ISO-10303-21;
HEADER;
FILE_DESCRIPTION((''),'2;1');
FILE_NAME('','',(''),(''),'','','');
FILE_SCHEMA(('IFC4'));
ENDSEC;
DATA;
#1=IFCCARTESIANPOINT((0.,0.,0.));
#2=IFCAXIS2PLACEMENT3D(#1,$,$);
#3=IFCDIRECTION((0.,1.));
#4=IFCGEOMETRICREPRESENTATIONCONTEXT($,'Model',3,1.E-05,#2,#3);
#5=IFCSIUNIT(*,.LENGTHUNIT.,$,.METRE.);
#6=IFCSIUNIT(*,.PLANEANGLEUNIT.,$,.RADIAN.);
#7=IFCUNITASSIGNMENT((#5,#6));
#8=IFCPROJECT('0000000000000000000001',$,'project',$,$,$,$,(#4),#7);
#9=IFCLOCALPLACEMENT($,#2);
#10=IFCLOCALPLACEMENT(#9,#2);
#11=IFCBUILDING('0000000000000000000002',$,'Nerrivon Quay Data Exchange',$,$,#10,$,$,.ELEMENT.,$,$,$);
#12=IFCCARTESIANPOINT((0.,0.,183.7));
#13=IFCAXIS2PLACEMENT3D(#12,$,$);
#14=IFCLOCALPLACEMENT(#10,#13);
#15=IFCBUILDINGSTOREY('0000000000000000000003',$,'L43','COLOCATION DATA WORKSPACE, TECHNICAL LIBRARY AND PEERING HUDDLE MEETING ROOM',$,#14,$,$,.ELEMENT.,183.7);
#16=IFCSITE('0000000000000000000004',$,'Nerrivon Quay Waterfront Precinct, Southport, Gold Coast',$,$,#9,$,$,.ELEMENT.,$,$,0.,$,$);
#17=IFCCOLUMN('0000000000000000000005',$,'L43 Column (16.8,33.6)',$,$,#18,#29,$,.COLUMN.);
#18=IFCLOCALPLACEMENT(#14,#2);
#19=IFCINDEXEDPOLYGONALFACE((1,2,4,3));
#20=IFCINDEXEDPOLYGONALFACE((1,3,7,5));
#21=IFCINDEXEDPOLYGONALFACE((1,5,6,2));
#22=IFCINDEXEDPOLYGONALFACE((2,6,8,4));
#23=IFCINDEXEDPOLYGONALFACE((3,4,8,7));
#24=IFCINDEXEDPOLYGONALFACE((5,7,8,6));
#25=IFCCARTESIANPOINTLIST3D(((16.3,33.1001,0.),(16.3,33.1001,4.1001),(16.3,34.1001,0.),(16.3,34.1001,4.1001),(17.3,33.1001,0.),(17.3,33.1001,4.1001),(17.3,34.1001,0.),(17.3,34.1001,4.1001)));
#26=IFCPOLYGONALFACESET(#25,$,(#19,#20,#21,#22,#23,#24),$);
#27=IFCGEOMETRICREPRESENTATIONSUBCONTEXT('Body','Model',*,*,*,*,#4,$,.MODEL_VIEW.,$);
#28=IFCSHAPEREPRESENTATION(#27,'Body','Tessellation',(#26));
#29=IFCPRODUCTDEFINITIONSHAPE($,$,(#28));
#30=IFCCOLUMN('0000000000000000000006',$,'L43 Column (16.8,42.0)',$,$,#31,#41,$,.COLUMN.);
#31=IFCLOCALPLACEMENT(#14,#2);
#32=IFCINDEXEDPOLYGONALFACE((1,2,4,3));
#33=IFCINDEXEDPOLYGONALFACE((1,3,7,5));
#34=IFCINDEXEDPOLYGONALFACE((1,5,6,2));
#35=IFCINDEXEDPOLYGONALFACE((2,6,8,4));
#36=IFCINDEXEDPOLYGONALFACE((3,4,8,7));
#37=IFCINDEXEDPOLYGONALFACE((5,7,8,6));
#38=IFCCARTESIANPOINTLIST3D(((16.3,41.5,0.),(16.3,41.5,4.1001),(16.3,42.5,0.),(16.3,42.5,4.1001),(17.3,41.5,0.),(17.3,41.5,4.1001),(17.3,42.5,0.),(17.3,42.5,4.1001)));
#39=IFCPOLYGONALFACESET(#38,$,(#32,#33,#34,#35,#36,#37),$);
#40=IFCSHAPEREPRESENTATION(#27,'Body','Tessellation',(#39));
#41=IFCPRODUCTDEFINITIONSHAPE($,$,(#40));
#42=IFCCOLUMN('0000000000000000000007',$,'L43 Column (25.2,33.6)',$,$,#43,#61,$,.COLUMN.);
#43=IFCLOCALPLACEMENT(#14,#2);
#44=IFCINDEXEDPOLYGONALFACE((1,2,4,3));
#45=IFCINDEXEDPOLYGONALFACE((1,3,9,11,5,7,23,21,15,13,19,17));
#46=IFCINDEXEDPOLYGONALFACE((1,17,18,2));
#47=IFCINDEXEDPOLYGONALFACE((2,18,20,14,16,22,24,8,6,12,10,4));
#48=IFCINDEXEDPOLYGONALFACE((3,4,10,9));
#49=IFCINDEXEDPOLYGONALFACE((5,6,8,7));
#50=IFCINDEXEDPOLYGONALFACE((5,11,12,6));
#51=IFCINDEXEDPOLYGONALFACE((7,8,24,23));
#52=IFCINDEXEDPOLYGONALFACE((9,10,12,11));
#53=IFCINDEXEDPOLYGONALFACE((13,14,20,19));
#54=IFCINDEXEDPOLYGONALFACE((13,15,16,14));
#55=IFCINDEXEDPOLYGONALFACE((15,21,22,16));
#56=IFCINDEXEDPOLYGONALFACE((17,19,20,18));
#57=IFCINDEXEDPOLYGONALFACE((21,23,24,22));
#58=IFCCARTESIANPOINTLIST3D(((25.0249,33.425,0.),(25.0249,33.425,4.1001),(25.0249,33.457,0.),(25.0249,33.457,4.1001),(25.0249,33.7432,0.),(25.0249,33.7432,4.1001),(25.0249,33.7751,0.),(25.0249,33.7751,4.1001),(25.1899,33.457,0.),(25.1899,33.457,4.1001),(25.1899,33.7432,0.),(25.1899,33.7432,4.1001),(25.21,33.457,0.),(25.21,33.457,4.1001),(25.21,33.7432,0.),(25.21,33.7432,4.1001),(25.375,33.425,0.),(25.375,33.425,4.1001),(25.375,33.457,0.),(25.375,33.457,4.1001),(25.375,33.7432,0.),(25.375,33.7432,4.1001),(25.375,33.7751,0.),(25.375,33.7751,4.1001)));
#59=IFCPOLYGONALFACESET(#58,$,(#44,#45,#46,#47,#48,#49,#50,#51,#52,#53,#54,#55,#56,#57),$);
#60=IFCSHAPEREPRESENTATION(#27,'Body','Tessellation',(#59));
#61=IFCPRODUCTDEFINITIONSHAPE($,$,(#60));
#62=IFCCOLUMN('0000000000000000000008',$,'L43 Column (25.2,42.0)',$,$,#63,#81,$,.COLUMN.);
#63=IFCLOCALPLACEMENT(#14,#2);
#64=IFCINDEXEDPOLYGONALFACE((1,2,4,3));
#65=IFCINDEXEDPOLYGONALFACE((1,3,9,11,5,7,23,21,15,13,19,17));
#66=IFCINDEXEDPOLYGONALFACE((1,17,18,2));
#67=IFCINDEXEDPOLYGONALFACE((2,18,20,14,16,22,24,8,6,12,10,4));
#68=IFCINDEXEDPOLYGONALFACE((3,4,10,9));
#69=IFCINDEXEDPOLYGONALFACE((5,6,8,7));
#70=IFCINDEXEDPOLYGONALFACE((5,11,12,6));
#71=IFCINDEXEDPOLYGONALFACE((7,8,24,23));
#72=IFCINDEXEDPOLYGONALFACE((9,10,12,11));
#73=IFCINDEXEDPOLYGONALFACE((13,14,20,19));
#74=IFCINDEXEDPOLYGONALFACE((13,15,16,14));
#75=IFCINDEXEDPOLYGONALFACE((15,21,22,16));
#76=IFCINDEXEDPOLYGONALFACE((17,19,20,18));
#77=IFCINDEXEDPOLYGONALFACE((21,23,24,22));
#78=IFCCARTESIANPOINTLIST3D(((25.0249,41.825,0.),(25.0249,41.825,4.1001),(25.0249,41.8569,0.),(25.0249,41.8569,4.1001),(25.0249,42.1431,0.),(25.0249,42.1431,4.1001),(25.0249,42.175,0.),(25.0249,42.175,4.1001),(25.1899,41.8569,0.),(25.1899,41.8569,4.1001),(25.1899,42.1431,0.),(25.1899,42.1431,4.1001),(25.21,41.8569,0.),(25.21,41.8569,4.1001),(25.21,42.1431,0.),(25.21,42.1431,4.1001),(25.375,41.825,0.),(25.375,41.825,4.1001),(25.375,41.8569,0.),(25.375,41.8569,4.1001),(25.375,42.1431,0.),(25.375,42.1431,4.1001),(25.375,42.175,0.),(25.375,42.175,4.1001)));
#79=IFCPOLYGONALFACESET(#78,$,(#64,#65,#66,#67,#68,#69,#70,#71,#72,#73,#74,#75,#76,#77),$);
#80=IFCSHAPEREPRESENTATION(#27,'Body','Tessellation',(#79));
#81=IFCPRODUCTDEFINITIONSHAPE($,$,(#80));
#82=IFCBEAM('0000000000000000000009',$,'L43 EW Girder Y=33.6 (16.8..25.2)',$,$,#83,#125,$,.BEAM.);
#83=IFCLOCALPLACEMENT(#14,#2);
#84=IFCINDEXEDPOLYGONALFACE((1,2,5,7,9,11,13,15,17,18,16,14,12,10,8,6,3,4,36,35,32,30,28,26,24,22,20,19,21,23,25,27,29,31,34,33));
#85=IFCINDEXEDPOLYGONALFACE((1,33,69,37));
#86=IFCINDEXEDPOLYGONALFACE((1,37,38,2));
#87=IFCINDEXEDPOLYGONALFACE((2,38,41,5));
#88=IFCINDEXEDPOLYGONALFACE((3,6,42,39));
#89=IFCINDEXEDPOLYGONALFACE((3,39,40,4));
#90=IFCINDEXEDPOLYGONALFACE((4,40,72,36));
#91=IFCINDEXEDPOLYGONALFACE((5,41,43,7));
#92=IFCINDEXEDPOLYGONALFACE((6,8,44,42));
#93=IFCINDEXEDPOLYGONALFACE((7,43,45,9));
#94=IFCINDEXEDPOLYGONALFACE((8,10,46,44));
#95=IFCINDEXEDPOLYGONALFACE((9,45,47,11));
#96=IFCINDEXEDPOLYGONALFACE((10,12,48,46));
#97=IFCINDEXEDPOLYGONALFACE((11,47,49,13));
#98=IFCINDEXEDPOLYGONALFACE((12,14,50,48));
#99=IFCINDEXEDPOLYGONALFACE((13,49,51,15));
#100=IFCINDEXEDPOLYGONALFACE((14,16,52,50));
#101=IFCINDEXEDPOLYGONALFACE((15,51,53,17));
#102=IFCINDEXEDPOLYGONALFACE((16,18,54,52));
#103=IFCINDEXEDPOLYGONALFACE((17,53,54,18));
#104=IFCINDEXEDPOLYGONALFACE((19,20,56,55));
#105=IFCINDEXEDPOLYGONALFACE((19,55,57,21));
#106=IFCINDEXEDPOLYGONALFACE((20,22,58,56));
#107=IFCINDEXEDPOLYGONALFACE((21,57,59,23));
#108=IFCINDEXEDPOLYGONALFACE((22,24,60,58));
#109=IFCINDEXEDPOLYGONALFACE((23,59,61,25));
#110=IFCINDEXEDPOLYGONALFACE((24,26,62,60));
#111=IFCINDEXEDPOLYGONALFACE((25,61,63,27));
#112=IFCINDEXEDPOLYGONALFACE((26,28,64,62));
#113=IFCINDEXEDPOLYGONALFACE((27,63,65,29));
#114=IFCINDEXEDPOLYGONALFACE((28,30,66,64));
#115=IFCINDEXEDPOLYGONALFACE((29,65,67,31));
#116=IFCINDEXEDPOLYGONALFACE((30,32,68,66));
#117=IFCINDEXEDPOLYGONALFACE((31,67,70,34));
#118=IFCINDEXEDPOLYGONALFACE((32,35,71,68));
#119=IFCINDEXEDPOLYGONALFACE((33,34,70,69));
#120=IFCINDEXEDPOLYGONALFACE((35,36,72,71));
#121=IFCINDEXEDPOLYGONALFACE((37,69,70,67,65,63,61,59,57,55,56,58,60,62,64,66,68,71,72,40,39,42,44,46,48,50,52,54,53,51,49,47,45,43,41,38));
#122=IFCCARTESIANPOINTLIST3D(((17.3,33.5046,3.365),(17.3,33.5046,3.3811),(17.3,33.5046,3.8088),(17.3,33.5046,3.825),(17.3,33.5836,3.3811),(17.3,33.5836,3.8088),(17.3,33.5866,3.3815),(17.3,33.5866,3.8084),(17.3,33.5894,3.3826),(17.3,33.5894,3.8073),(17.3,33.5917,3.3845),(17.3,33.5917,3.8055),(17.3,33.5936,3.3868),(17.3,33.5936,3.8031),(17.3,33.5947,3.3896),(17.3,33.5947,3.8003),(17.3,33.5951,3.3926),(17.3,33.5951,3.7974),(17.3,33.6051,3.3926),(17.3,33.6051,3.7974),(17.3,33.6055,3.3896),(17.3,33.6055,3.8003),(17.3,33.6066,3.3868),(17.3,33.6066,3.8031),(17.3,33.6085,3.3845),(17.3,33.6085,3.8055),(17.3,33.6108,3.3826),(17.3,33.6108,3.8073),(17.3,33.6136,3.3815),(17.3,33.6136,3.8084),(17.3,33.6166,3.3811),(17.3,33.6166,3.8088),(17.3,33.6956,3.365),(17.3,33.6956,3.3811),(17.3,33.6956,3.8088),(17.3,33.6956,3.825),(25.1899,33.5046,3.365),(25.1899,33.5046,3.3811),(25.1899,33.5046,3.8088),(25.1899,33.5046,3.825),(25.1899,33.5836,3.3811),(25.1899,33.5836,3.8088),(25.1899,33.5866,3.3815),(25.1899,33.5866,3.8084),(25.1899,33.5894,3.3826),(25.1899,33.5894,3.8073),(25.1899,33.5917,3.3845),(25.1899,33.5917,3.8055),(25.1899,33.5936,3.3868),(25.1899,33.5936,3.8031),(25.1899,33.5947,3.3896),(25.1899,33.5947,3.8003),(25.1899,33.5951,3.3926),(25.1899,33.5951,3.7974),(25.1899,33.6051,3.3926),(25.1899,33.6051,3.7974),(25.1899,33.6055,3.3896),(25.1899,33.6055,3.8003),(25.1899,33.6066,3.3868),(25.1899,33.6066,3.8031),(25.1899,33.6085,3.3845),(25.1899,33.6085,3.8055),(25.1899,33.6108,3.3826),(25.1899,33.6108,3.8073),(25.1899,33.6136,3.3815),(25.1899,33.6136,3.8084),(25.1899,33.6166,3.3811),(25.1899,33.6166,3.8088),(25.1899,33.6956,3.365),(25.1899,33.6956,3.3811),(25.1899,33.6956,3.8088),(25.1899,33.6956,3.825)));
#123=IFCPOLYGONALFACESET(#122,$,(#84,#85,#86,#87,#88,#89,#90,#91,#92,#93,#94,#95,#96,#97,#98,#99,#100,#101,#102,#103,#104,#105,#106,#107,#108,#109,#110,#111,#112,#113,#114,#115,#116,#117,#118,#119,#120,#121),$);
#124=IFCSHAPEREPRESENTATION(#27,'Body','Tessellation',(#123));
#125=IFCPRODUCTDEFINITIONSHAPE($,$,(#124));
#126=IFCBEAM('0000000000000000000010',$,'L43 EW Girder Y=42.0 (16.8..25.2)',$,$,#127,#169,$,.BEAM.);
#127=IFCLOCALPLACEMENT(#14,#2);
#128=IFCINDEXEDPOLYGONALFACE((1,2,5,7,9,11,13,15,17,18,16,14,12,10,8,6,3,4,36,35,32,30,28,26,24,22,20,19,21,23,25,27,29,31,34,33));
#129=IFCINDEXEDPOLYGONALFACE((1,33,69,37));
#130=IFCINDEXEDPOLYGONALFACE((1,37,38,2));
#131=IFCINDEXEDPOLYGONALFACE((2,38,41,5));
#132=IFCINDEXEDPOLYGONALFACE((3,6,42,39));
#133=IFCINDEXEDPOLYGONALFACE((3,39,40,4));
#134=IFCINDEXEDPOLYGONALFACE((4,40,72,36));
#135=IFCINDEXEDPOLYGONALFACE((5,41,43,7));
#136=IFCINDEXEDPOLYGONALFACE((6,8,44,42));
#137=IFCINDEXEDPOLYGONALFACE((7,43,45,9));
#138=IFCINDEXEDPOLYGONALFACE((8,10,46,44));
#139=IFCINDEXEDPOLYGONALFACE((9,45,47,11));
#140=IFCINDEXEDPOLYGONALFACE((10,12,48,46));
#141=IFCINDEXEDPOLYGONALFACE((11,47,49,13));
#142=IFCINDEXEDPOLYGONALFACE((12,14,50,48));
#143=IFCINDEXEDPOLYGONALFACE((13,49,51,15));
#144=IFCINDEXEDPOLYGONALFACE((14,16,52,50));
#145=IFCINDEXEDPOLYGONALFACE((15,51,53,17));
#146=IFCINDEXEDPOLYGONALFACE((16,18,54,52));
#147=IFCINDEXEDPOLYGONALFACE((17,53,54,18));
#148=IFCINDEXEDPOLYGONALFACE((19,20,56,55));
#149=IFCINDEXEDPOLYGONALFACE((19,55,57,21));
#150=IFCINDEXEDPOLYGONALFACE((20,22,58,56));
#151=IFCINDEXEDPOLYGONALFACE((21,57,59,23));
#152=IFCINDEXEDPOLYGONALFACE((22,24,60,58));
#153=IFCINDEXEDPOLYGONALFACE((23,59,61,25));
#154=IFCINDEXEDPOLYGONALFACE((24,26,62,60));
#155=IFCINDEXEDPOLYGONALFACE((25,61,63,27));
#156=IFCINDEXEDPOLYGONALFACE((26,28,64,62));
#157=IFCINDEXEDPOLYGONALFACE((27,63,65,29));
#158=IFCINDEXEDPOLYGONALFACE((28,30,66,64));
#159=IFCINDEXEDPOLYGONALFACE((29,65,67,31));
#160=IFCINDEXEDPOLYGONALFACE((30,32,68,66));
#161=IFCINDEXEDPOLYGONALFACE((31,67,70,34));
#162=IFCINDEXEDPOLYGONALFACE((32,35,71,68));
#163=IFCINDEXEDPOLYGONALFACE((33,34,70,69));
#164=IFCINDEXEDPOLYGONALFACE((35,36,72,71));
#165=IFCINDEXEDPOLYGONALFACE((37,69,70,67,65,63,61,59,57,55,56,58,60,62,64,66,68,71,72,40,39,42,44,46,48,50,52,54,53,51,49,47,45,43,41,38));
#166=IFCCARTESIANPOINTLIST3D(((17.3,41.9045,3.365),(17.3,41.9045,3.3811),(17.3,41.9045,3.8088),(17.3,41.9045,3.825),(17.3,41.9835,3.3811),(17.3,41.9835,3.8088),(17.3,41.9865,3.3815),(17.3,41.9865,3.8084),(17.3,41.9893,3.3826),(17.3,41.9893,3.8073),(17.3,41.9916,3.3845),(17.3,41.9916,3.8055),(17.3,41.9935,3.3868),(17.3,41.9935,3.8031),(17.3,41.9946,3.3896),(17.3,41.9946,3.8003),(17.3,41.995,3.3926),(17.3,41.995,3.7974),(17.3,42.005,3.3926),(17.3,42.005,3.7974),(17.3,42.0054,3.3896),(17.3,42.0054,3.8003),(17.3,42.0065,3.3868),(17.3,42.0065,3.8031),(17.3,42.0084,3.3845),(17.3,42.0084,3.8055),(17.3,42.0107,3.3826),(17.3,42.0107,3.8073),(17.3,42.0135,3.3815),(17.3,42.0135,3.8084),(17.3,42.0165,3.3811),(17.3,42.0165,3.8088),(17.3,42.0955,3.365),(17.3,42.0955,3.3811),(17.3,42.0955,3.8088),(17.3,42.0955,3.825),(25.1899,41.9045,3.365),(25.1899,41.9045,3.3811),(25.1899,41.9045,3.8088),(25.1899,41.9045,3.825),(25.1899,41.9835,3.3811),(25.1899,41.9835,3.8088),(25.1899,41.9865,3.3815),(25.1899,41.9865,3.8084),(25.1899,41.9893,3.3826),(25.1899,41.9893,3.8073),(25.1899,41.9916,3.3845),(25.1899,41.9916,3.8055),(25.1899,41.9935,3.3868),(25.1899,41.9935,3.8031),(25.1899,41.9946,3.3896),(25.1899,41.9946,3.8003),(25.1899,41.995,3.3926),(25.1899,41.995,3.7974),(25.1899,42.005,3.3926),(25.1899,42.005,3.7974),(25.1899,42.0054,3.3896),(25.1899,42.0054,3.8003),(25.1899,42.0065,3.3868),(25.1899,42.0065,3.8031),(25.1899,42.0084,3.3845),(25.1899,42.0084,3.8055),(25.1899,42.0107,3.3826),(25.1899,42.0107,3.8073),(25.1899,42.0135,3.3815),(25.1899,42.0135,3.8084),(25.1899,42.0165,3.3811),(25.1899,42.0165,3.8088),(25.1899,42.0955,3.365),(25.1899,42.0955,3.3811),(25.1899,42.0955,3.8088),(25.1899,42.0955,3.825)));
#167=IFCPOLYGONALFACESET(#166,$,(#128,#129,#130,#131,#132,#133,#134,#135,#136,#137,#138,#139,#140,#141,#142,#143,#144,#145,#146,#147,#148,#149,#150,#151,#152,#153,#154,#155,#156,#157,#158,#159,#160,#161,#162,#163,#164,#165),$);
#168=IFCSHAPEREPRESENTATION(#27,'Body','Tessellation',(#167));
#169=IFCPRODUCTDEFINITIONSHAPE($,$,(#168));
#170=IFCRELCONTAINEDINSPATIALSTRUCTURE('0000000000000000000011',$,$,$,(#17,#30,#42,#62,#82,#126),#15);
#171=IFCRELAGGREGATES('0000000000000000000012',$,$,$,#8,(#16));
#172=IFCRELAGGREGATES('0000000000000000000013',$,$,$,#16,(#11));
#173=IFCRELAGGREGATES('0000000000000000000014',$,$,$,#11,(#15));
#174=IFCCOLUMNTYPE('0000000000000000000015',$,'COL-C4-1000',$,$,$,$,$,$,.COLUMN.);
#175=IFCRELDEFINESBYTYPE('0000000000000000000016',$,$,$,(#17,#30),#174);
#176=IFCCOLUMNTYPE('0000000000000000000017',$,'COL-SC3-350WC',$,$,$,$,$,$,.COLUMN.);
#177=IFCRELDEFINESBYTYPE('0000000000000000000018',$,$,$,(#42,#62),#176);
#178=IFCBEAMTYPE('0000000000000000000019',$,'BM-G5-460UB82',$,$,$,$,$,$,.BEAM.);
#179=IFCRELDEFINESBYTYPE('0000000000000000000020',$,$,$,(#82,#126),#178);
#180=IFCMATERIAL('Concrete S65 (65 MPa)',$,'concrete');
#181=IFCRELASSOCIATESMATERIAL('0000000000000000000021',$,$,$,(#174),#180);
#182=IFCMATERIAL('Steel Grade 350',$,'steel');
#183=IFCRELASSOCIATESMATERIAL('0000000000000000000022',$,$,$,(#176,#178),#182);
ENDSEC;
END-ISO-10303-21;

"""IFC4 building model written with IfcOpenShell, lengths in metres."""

from ifc_helpers import new_model, si_unit, direction, frame, origin, origin_2d, place, context, subcontext, project, spatial, rectangle, i_section, extrude, material, material_profile, profile_set, type_object, element, save


model = new_model("IFC4")

# Units and contexts
model_context = context("Model", 3, precision=1e-05, world=origin(), true_north=direction((0.0, 1.0)))
body_context = subcontext(model_context, "Body", "Model", "MODEL_VIEW")
ifc_project = project(units=[si_unit("LENGTHUNIT", "METRE"), si_unit("PLANEANGLEUNIT", "RADIAN")], contexts=[model_context])

# Site, building, storey
site_placement = place(None, origin())
site = spatial("IfcSite", under=ifc_project, at=site_placement, Name="Nerrivon Quay Waterfront Precinct, Southport, Gold Coast", CompositionType="ELEMENT", RefElevation=0.0)
building_placement = place(site_placement, origin())
building = spatial("IfcBuilding", under=site, at=building_placement, Name="Nerrivon Quay Data Exchange", CompositionType="ELEMENT")
storey_placement = place(building_placement, frame((0.0, 0.0, 183.7)))
storey = spatial("IfcBuildingStorey", under=building, at=storey_placement, Name="L43", Description="COLOCATION DATA WORKSPACE, TECHNICAL LIBRARY AND PEERING HUDDLE MEETING ROOM", CompositionType="ELEMENT", Elevation=183.7)

# Columns
ifc_material_1 = material(Name="Concrete S65 (65 MPa)", Category="concrete")
ifc_material_profile_1 = material_profile(ifc_material_1, rectangle(XDim=1.0, YDim=1.0, at=origin_2d()), Name="RC-COL-1000x1000")
ifc_profile_set_1 = profile_set([ifc_material_profile_1], Name="Concrete S65 (65 MPa)")
column_type_1 = type_object("IfcColumnType", Name="COL-C4-1000", PredefinedType="COLUMN", material=ifc_profile_set_1)
for number, where, z_axis, x_axis, name in (
    (1, (16.8, 33.6001, 0.0), (0.0, 0.0, 1.0), (1.0, 0.0, 0.0), "L43 Column (16.8,33.6)"),
    (2, (16.8, 42.0, 0.0), (0.0, 0.0, 1.0), (1.0, 0.0, 0.0), "L43 Column (16.8,42.0)"),
):
    element("IfcColumn", number, at=place(storey_placement, frame(where, z_axis=z_axis, x_axis=x_axis)), inside=storey, type_object=column_type_1, Name=name, PredefinedType="COLUMN", context=body_context, shape_type="SweptSolid", body=[
        extrude(rectangle(XDim=1.0, YDim=1.0, at=origin_2d()), origin(), (0.0, 0.0, 1.0), 4.1001),
    ])
ifc_material_2 = material(Name="Steel Grade 350", Category="steel")
ifc_material_profile_2 = material_profile(ifc_material_2, i_section(OverallWidth=0.3501, OverallDepth=0.3501, WebThickness=0.02, FlangeThickness=0.032, at=origin_2d()), Name="350WC230")
ifc_profile_set_2 = profile_set([ifc_material_profile_2], Name="Steel Grade 350")
column_type_2 = type_object("IfcColumnType", Name="COL-SC3-350WC", PredefinedType="COLUMN", material=ifc_profile_set_2)
for number, where, z_axis, x_axis, name in (
    (3, (25.2, 33.6001, 0.0), (0.0, 0.0, 1.0), (1.0, 0.0, 0.0), "L43 Column (25.2,33.6)"),
    (4, (25.2, 42.0, 0.0), (0.0, 0.0, 1.0), (1.0, 0.0, 0.0), "L43 Column (25.2,42.0)"),
):
    element("IfcColumn", number, at=place(storey_placement, frame(where, z_axis=z_axis, x_axis=x_axis)), inside=storey, type_object=column_type_2, Name=name, PredefinedType="COLUMN", context=body_context, shape_type="SweptSolid", body=[
        extrude(i_section(OverallWidth=0.3501, OverallDepth=0.3501, WebThickness=0.02, FlangeThickness=0.032, at=origin_2d()), origin(), (0.0, 0.0, 1.0), 4.1001),
    ])

# Beams
ifc_material_profile_3 = material_profile(ifc_material_2, i_section(OverallWidth=0.1909, OverallDepth=0.46, WebThickness=0.01, FlangeThickness=0.0161, FilletRadius=0.0115, at=origin_2d()), Name="460UB82.1")
ifc_profile_set_3 = profile_set([ifc_material_profile_3], Name="Steel Grade 350")
beam_type_1 = type_object("IfcBeamType", Name="BM-G5-460UB82", PredefinedType="BEAM", material=ifc_profile_set_3)
for number, where, z_axis, x_axis, name in (
    (5, (17.3, 33.6001, 3.595), (1.0, 0.0, 0.0), (0.0, 1.0, 0.0), "L43 EW Girder Y=33.6 (16.8..25.2)"),
    (6, (17.3, 42.0, 3.595), (1.0, 0.0, 0.0), (0.0, 1.0, 0.0), "L43 EW Girder Y=42.0 (16.8..25.2)"),
):
    element("IfcBeam", number, at=place(storey_placement, frame(where, z_axis=z_axis, x_axis=x_axis)), inside=storey, type_object=beam_type_1, Name=name, PredefinedType="BEAM", context=body_context, shape_type="SweptSolid", body=[
        extrude(i_section(OverallWidth=0.1909, OverallDepth=0.46, WebThickness=0.01, FlangeThickness=0.0161, FilletRadius=0.0115, at=origin_2d()), origin(), (0.0, 0.0, 1.0), 7.8899),
    ])

save(model, "model.ifc")
